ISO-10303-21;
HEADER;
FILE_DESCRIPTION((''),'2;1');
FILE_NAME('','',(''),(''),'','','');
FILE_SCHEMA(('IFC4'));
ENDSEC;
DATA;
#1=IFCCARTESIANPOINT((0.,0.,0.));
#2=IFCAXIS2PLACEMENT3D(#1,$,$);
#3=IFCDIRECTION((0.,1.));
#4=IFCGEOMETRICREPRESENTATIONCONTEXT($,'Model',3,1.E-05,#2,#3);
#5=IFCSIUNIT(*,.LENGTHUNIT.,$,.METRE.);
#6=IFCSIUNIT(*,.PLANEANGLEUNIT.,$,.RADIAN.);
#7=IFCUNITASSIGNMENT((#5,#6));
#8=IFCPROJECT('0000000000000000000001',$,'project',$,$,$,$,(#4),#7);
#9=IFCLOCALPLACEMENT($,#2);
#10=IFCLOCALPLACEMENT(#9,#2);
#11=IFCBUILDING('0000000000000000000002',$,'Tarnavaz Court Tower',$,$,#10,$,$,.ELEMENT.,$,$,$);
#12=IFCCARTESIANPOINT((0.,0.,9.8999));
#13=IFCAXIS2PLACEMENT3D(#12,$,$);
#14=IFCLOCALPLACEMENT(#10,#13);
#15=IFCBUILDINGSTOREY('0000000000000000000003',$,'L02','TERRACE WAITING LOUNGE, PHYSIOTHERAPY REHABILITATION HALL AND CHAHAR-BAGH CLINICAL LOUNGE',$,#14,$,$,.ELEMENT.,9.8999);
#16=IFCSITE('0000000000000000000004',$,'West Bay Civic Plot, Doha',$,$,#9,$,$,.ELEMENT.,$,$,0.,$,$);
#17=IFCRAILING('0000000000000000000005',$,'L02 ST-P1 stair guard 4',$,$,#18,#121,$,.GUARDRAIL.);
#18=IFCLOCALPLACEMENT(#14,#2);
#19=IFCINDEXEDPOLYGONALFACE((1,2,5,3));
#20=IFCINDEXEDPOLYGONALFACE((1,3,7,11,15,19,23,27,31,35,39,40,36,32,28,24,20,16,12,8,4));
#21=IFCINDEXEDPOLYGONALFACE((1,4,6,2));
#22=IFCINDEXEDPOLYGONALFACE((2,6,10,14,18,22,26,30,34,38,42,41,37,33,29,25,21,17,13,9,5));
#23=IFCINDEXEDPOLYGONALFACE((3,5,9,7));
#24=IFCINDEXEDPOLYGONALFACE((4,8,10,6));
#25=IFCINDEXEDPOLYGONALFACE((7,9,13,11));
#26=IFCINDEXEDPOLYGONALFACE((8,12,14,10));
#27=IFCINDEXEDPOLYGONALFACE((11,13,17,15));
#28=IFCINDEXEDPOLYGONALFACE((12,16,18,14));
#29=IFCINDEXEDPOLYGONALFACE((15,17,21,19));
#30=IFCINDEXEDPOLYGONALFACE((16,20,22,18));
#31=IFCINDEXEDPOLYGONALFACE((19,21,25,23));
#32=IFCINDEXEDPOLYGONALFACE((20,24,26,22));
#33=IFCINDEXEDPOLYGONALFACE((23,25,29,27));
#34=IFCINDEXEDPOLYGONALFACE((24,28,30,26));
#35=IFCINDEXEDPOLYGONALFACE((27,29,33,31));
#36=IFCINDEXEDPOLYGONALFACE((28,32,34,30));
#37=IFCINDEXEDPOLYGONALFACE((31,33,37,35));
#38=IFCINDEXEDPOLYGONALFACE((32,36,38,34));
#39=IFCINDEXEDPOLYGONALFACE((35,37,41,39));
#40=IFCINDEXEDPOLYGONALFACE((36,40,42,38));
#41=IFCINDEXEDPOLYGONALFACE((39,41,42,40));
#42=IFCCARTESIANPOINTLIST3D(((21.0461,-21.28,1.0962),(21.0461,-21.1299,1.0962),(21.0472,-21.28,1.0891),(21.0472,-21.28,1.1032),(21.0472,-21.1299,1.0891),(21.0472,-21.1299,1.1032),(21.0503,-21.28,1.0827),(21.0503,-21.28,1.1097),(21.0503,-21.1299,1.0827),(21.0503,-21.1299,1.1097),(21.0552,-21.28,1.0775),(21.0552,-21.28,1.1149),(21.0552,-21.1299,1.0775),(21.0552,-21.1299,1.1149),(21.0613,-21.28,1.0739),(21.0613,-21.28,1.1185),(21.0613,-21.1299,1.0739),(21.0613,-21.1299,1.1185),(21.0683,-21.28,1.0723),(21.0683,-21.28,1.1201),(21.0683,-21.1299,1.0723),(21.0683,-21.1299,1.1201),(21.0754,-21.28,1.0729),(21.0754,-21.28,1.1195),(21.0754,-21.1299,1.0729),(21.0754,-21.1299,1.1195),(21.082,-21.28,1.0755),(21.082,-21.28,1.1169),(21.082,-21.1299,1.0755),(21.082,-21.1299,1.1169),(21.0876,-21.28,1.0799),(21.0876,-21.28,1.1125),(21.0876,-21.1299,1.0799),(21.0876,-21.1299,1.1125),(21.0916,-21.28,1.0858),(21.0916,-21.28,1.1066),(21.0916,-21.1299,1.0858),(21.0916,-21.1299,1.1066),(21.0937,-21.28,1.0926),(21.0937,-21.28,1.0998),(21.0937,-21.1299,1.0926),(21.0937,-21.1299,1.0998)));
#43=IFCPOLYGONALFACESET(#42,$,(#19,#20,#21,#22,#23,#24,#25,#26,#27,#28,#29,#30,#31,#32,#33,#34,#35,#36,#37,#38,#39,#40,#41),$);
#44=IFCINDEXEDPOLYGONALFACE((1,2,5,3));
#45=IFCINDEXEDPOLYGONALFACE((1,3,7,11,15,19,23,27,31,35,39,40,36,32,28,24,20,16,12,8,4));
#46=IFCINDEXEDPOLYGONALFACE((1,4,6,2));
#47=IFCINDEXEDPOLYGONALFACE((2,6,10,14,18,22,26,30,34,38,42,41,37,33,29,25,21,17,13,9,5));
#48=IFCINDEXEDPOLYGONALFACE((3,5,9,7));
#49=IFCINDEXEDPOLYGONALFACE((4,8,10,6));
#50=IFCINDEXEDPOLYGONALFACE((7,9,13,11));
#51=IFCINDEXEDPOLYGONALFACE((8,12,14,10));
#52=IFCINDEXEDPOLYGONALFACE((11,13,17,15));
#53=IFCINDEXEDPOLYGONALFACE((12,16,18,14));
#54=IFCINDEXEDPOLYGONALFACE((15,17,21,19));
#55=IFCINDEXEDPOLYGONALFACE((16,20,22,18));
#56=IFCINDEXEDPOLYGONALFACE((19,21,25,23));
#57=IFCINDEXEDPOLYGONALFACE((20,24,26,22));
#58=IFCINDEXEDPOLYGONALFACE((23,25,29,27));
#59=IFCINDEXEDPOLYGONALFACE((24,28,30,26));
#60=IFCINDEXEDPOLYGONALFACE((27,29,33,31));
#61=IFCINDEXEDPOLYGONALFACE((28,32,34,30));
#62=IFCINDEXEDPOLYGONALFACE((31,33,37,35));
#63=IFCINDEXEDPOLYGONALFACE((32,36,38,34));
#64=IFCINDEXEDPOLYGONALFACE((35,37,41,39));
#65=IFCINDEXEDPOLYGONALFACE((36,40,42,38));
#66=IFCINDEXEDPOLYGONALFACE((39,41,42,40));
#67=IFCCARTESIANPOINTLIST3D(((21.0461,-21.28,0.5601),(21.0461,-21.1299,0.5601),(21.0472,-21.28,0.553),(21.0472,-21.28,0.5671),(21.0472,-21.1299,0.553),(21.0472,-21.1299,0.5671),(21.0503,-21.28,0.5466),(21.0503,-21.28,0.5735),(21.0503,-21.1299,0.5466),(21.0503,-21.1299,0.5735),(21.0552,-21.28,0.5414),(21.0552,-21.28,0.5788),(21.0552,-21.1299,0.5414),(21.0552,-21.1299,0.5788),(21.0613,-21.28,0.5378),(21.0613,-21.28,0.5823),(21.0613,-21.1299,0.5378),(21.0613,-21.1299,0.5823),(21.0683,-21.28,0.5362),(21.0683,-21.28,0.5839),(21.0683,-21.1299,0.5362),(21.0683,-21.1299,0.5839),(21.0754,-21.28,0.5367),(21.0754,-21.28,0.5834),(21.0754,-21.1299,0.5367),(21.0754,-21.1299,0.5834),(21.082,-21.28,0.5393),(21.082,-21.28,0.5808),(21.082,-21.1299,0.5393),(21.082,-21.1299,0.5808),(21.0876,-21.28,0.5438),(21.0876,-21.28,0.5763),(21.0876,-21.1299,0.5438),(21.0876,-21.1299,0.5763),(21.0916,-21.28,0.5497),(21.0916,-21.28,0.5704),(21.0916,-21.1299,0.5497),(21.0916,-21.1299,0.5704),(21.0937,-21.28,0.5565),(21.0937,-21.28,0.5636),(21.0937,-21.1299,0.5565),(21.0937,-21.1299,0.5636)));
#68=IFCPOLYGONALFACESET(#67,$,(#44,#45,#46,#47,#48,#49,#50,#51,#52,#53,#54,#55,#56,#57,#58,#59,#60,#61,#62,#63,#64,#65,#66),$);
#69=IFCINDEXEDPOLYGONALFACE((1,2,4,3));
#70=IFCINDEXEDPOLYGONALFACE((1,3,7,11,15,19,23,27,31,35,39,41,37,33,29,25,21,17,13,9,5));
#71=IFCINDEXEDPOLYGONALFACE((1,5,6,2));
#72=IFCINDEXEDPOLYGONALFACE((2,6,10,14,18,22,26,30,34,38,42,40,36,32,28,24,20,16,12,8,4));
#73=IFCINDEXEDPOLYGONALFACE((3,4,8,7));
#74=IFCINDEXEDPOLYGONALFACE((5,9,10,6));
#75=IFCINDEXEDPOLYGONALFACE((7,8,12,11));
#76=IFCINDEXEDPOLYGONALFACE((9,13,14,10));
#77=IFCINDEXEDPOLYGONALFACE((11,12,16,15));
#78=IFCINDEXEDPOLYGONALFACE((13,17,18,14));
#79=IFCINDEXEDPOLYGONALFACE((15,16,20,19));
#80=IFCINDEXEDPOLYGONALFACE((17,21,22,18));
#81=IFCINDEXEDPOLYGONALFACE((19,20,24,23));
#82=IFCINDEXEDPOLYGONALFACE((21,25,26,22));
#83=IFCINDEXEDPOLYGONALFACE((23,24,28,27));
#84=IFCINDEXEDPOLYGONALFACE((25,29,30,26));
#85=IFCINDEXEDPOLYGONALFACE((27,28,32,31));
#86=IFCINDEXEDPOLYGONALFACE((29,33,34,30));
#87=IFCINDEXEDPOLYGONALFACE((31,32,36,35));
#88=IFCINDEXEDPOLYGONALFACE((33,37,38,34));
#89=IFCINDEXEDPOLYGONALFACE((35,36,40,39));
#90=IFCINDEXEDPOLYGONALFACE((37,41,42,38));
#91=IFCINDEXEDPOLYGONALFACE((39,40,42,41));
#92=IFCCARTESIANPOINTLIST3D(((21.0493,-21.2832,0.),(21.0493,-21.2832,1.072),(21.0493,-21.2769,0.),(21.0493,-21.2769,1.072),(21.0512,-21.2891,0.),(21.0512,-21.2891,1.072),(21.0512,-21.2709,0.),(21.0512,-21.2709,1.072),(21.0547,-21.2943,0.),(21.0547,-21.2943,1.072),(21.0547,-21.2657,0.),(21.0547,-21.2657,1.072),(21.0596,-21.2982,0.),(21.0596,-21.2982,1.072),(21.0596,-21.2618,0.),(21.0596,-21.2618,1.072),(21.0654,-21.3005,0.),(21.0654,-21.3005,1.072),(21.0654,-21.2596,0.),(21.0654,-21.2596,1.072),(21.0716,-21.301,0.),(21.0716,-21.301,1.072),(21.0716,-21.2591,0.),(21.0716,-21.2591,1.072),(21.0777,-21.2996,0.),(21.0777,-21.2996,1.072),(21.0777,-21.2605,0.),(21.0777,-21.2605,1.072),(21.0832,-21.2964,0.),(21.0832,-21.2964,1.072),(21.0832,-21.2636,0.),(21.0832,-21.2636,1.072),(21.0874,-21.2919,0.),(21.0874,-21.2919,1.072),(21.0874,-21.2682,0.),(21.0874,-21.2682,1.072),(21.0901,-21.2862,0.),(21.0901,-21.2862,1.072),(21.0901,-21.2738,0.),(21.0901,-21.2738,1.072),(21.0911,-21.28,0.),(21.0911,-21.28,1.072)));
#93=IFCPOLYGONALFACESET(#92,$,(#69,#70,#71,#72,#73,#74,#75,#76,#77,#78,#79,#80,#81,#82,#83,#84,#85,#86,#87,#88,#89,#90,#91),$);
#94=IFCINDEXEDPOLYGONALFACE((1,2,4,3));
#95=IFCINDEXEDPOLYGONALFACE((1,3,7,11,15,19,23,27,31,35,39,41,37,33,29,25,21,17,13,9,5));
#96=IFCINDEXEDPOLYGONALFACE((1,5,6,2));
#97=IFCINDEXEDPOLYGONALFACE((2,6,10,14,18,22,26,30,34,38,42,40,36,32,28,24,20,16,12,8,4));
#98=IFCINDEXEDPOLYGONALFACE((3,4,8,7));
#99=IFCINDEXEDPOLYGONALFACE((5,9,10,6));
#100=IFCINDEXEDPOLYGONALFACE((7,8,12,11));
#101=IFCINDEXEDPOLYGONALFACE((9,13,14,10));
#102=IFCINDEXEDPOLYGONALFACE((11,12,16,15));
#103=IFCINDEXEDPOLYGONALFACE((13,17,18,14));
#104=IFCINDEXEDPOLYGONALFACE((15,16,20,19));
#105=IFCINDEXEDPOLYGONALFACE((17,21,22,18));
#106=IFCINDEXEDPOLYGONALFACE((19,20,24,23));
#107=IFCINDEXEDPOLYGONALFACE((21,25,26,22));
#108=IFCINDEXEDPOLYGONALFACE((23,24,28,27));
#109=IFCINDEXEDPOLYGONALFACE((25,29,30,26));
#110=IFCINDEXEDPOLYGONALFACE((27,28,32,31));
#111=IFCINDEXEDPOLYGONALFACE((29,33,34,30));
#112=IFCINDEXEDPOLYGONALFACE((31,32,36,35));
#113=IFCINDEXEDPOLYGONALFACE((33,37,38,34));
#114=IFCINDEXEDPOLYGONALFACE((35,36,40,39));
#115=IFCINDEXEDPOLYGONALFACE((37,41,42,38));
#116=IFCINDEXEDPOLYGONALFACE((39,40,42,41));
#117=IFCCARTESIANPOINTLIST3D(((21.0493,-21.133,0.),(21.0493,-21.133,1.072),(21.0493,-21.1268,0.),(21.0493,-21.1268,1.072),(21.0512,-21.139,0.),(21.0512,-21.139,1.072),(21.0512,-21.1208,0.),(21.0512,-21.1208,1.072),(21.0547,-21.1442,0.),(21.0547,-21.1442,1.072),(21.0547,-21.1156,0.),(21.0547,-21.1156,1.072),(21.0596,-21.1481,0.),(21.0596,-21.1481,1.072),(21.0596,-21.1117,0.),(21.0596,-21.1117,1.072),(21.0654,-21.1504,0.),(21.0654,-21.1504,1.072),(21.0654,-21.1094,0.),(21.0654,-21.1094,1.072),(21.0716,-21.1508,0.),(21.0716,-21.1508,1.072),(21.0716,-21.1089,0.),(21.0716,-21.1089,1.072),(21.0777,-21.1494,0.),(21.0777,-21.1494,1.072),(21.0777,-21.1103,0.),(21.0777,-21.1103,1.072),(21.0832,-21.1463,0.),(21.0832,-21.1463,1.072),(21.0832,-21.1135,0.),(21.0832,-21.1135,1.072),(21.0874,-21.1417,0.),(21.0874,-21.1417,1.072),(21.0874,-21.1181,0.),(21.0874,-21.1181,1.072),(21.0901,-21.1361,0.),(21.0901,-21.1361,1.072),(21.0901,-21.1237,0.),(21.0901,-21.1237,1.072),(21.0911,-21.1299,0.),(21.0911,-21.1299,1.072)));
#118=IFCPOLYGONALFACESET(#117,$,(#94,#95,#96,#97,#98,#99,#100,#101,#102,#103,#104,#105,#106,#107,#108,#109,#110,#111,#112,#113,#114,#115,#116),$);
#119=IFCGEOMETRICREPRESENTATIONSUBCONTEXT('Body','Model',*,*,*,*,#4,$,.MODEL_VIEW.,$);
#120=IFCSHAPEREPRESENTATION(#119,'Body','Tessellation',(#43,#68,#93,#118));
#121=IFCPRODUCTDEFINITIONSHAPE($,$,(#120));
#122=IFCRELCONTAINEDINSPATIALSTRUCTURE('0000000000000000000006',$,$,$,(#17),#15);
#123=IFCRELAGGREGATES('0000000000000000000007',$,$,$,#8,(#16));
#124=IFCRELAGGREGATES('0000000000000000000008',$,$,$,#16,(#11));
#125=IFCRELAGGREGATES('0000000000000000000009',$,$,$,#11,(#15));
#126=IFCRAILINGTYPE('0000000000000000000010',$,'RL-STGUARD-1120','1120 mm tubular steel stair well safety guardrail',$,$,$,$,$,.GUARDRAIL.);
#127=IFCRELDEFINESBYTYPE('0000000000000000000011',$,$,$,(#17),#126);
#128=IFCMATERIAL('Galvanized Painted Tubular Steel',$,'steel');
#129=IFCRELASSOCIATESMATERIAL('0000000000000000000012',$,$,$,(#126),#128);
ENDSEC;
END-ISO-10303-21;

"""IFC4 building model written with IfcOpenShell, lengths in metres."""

from ifc_helpers import new_model, si_unit, direction, frame, origin, origin_2d, place, context, subcontext, project, spatial, circle, extrude, material, type_object, element, save


model = new_model("IFC4")

# Units and contexts
model_context = context("Model", 3, precision=1e-05, world=origin(), true_north=direction((0.0, 1.0)))
body_context = subcontext(model_context, "Body", "Model", "MODEL_VIEW")
ifc_project = project(units=[si_unit("LENGTHUNIT", "METRE"), si_unit("PLANEANGLEUNIT", "RADIAN")], contexts=[model_context])

# Site, building, storey
site_placement = place(None, origin())
site = spatial("IfcSite", under=ifc_project, at=site_placement, Name="West Bay Civic Plot, Doha", CompositionType="ELEMENT", RefElevation=0.0)
building_placement = place(site_placement, origin())
building = spatial("IfcBuilding", under=site, at=building_placement, Name="Tarnavaz Court Tower", CompositionType="ELEMENT")
storey_placement = place(building_placement, frame((0.0, 0.0, 9.8999)))
storey = spatial("IfcBuildingStorey", under=building, at=storey_placement, Name="L02", Description="TERRACE WAITING LOUNGE, PHYSIOTHERAPY REHABILITATION HALL AND CHAHAR-BAGH CLINICAL LOUNGE", CompositionType="ELEMENT", Elevation=9.8999)

# Railing
ifc_material_1 = material(Name="Galvanized Painted Tubular Steel", Category="steel")
railing_type_1 = type_object("IfcRailingType", Name="RL-STGUARD-1120", Description="1120 mm tubular steel stair well safety guardrail", PredefinedType="GUARDRAIL", material=ifc_material_1)
railing_1_placement = place(storey_placement, frame((21.0701, -21.28, 0.0)))
element("IfcRailing", 1, at=railing_1_placement, inside=storey, type_object=railing_type_1, Name="L02 ST-P1 stair guard 4", PredefinedType="GUARDRAIL", context=body_context, shape_type="SweptSolid", body=[
    extrude(circle(Radius=0.0239, at=origin_2d()), frame((0.0, 0.0, 1.0962), z_axis=(0.0, 1.0, 0.0), x_axis=(-1.0, 0.0, 0.0)), (0.0, 0.0, 1.0), 0.1501),
    extrude(circle(Radius=0.0239, at=origin_2d()), frame((0.0, 0.0, 0.5601), z_axis=(0.0, 1.0, 0.0), x_axis=(-1.0, 0.0, 0.0)), (0.0, 0.0, 1.0), 0.1501),
    extrude(circle(Radius=0.021, at=origin_2d()), origin(), (0.0, 0.0, 1.0), 1.072),
    extrude(circle(Radius=0.021, at=origin_2d()), frame((0.0, 0.1501, 0.0)), (0.0, 0.0, 1.0), 1.072),
])

save(model, "model.ifc")
